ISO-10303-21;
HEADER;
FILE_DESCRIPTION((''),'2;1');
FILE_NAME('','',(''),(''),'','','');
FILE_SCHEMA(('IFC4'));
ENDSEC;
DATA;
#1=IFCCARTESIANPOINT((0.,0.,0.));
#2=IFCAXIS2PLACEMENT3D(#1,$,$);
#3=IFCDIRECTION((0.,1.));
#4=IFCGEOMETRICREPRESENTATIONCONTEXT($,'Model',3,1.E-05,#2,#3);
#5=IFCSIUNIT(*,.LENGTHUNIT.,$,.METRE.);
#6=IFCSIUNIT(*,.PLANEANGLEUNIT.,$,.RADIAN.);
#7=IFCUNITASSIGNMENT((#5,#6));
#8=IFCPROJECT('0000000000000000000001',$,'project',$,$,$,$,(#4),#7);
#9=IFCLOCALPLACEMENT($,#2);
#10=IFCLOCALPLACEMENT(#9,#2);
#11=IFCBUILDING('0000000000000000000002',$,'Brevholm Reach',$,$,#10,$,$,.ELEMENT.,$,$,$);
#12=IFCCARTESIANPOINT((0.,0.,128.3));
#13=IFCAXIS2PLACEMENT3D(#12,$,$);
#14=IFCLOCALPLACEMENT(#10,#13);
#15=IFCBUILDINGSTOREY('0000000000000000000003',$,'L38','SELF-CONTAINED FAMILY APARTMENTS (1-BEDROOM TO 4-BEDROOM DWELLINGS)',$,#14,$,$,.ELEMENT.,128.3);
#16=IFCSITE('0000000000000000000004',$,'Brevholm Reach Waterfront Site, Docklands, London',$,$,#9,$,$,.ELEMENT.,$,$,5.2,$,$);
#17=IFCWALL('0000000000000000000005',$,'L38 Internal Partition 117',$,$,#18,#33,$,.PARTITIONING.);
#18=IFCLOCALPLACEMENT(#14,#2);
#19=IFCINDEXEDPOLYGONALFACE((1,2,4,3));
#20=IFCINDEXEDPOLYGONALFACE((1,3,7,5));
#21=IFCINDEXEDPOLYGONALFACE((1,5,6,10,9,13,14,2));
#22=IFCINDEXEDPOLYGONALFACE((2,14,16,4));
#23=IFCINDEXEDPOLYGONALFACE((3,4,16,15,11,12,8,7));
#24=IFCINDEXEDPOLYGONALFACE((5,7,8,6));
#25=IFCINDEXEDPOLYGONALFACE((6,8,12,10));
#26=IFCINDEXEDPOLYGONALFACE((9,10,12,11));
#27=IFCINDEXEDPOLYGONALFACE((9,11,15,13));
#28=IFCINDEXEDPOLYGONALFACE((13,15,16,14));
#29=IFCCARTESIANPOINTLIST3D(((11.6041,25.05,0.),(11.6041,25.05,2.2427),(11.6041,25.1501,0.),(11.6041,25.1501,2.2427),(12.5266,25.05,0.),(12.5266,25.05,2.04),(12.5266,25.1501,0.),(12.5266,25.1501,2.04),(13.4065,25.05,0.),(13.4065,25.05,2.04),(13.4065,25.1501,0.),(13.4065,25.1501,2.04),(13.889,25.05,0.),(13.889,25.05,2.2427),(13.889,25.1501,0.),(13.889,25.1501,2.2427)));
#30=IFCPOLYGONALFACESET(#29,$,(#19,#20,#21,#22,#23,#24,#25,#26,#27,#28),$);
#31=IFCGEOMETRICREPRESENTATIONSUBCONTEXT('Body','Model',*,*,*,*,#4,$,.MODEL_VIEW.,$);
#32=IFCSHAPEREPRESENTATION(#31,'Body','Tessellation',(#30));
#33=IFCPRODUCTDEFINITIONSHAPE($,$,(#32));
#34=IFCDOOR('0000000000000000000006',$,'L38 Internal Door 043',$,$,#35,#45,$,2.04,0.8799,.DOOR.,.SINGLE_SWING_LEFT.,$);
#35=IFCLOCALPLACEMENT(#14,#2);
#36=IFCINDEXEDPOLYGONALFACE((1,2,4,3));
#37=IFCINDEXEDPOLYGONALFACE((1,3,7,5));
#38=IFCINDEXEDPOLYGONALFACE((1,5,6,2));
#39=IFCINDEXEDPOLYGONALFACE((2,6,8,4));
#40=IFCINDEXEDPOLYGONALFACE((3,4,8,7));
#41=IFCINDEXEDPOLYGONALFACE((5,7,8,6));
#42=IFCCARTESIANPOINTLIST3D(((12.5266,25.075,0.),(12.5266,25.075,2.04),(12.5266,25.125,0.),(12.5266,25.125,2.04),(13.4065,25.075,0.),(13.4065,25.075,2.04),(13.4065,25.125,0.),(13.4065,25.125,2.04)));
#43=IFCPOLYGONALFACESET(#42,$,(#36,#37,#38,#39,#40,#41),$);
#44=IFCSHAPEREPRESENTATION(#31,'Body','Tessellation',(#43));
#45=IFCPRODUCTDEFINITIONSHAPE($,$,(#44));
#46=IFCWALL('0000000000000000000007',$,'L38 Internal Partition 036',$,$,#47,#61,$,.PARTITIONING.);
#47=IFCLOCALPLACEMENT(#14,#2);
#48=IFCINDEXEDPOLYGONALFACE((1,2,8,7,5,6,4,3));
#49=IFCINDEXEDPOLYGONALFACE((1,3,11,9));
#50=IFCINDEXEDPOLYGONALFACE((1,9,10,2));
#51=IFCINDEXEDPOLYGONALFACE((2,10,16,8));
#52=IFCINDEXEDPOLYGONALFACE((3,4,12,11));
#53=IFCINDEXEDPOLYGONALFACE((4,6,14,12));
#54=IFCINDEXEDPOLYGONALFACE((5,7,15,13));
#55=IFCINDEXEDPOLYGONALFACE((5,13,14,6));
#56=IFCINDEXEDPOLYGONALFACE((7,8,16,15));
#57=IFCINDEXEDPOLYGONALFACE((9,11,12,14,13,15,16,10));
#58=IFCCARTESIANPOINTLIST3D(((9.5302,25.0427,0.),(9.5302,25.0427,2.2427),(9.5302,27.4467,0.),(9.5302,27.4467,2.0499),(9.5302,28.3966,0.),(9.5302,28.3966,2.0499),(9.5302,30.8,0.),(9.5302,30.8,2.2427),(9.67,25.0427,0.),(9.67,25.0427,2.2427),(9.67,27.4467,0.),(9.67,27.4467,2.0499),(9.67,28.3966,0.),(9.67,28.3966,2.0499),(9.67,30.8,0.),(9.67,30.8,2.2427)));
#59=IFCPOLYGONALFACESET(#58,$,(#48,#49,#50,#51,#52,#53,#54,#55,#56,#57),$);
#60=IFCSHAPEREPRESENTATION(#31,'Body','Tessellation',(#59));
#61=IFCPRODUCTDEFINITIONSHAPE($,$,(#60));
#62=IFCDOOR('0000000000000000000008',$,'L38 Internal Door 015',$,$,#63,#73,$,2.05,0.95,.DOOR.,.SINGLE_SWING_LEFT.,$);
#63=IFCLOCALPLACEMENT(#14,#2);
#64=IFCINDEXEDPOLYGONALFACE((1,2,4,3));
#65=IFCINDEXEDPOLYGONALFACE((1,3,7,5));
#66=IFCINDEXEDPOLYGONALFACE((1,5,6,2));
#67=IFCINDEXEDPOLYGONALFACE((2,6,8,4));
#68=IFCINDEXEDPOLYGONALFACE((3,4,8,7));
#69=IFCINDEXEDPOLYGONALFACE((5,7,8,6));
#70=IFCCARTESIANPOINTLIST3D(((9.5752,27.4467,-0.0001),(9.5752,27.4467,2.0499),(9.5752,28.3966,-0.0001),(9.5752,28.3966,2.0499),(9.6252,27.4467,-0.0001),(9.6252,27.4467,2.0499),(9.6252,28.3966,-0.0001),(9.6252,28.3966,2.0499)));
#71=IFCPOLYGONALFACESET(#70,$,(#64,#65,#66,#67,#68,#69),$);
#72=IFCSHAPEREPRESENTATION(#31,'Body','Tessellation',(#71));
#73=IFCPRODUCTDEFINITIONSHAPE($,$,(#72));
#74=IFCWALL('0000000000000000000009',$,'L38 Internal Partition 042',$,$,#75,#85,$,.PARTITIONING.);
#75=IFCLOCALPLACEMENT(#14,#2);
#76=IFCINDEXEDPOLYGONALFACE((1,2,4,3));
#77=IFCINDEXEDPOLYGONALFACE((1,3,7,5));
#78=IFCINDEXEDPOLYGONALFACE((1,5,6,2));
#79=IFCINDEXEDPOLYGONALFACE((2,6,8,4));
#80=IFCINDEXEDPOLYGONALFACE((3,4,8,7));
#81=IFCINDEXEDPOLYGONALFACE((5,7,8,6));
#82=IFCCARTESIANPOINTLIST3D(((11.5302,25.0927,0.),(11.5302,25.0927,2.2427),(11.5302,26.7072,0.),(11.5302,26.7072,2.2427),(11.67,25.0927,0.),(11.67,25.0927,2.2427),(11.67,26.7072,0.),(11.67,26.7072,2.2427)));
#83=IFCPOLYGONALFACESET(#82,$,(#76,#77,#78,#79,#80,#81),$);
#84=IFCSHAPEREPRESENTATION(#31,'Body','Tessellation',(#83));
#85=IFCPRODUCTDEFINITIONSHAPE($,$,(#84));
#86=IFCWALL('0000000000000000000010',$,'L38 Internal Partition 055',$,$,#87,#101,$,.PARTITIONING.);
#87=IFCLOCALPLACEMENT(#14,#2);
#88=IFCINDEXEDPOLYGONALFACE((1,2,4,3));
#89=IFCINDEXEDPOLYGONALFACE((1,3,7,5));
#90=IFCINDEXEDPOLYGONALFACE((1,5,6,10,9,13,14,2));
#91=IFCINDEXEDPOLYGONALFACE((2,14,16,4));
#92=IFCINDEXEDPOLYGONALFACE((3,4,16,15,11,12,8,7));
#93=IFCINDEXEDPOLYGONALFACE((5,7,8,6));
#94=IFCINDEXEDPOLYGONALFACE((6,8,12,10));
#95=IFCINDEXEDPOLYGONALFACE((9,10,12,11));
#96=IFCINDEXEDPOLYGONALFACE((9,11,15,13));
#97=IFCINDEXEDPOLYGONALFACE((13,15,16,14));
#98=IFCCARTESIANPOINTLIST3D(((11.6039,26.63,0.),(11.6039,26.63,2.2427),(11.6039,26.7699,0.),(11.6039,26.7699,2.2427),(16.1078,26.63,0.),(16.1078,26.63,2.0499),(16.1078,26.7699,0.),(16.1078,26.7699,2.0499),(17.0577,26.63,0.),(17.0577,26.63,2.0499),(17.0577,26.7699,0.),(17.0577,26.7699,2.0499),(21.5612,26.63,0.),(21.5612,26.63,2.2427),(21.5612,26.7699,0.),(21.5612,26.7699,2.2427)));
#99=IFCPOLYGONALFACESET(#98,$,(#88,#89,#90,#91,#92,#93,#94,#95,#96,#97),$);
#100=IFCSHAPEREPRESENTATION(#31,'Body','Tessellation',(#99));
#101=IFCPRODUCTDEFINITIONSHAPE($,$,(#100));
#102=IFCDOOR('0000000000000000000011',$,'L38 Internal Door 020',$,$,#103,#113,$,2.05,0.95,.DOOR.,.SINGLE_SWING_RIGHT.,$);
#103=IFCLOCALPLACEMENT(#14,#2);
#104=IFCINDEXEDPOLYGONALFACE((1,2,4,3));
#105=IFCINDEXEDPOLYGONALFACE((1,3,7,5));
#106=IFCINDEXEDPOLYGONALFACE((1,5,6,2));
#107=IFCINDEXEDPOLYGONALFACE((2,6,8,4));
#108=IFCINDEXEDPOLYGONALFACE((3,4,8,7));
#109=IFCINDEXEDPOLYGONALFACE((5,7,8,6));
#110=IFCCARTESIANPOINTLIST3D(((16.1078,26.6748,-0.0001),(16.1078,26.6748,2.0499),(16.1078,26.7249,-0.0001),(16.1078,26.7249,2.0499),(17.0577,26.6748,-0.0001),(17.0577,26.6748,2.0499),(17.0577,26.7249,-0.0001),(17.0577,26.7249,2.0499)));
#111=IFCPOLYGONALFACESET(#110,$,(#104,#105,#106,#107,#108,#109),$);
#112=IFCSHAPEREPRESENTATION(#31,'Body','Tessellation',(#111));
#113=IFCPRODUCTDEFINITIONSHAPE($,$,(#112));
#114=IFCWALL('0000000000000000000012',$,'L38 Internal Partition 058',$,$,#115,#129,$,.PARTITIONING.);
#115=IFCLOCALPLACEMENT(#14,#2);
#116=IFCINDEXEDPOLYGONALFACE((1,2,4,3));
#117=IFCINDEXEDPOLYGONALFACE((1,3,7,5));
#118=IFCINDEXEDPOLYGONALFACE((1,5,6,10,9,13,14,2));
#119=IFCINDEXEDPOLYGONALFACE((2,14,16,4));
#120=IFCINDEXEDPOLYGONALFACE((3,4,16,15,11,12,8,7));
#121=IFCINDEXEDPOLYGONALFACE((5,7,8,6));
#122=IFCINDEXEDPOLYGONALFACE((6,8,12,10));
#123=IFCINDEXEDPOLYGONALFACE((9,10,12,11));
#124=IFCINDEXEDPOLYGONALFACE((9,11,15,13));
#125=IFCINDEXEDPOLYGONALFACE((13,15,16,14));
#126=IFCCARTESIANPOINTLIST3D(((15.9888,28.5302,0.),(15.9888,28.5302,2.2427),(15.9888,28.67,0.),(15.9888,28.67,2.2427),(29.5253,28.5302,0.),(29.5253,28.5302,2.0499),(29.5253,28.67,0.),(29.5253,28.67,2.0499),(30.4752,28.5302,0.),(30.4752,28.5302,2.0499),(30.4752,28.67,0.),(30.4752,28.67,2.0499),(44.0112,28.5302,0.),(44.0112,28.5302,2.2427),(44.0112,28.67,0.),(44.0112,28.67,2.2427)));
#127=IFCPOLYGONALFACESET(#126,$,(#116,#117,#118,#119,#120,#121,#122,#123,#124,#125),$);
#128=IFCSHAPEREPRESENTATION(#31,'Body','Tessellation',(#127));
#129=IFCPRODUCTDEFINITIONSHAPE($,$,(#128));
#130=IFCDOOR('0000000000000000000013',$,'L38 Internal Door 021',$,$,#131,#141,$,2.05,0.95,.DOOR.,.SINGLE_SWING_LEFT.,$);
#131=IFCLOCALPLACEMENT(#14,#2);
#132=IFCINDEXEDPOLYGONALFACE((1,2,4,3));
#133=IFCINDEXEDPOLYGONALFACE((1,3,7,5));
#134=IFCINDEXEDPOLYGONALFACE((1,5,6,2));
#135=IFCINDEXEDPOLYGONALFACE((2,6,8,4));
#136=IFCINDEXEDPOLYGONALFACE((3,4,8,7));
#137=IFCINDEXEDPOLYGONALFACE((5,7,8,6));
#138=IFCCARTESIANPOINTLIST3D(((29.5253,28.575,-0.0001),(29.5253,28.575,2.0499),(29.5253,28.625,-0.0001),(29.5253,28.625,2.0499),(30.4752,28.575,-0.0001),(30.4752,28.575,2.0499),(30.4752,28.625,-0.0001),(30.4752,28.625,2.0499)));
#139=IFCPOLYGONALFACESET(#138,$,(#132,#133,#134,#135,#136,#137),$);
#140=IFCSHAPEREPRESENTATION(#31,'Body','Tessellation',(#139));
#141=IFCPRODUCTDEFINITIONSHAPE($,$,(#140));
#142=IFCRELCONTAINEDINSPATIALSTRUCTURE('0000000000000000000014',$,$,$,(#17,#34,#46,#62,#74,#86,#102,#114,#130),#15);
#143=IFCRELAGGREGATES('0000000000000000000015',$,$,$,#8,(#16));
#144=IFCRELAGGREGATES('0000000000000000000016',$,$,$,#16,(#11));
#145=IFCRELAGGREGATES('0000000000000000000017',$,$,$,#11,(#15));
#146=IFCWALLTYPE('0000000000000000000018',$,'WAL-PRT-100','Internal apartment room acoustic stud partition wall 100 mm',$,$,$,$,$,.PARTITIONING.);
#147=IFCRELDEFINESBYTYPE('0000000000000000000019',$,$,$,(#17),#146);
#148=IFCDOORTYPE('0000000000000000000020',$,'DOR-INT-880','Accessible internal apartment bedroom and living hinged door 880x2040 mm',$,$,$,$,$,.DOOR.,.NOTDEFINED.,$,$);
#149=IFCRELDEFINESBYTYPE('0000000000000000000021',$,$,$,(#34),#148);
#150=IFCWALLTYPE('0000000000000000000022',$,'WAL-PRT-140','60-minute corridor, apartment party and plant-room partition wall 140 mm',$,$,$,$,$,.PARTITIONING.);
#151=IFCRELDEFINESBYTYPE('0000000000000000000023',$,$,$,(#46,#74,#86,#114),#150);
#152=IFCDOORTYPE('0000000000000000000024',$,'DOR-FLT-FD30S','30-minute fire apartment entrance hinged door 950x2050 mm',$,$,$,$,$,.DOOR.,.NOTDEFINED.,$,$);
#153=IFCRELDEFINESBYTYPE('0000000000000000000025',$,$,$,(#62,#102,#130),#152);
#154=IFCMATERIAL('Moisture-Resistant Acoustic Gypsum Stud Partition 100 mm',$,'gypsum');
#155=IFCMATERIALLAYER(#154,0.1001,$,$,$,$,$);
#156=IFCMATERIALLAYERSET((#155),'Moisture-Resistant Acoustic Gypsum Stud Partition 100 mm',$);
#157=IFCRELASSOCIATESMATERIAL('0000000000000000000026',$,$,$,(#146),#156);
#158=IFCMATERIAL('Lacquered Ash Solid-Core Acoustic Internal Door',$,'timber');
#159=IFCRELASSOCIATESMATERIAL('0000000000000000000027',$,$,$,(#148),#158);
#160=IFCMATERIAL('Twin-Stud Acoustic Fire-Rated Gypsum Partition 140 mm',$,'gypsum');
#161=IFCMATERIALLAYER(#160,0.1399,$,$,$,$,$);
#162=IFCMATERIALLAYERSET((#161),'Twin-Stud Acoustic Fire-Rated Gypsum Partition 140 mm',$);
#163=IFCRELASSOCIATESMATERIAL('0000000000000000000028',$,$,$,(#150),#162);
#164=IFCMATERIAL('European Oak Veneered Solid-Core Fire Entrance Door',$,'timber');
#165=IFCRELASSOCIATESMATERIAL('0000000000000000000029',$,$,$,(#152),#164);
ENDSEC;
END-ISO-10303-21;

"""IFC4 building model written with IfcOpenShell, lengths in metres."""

from ifc_helpers import new_model, si_unit, direction, frame, frame_2d, origin, place, context, subcontext, project, spatial, rectangle, extrude, material, layer, layer_set, type_object, element, fill, save


model = new_model("IFC4")

# Units and contexts
model_context = context("Model", 3, precision=1e-05, world=origin(), true_north=direction((0.0, 1.0)))
body_context = subcontext(model_context, "Body", "Model", "MODEL_VIEW")
ifc_project = project(units=[si_unit("LENGTHUNIT", "METRE"), si_unit("PLANEANGLEUNIT", "RADIAN")], contexts=[model_context])

# Site, building, storey
site_placement = place(None, origin())
site = spatial("IfcSite", under=ifc_project, at=site_placement, Name="Brevholm Reach Waterfront Site, Docklands, London", CompositionType="ELEMENT", RefElevation=5.2)
building_placement = place(site_placement, origin())
building = spatial("IfcBuilding", under=site, at=building_placement, Name="Brevholm Reach", CompositionType="ELEMENT")
storey_placement = place(building_placement, frame((0.0, 0.0, 128.3)))
storey = spatial("IfcBuildingStorey", under=building, at=storey_placement, Name="L38", Description="SELF-CONTAINED FAMILY APARTMENTS (1-BEDROOM TO 4-BEDROOM DWELLINGS)", CompositionType="ELEMENT", Elevation=128.3)

# Walls, openings, doors
ifc_material_1 = material(Name="Moisture-Resistant Acoustic Gypsum Stud Partition 100 mm", Category="gypsum")
ifc_layer_1 = layer(ifc_material_1, 0.1001)
ifc_layer_set_1 = layer_set([ifc_layer_1], Name="Moisture-Resistant Acoustic Gypsum Stud Partition 100 mm")
wall_type_1 = type_object("IfcWallType", Name="WAL-PRT-100", Description="Internal apartment room acoustic stud partition wall 100 mm", PredefinedType="PARTITIONING", material=ifc_layer_set_1)
wall_1_placement = place(storey_placement, frame((11.604, 25.1001, 0.0), z_axis=(0.0, 0.0, 1.0), x_axis=(1.0, 0.0, 0.0)))
wall_1 = element("IfcWall", 1, at=wall_1_placement, inside=storey, type_object=wall_type_1, Name="L38 Internal Partition 117", PredefinedType="PARTITIONING", context=body_context, shape_type="SweptSolid", body=[
    extrude(rectangle(XDim=2.2849, YDim=0.1001, at=frame_2d((1.1426, 0.0))), origin(), (0.0, 0.0, 1.0), 2.2427),
])
opening_1_placement = place(wall_1_placement, frame((0.9226, 0.0, 0.0)))
opening_1 = element("IfcOpeningElement", 2, at=opening_1_placement, cuts=wall_1, PredefinedType="OPENING", context=body_context, shape_type="SweptSolid", body=[
    extrude(rectangle(XDim=0.8799, YDim=2.04, at=frame_2d((0.4399, 1.02))), frame((0.0, 0.0601, 0.0), z_axis=(0.0, -1.0, 0.0), x_axis=(1.0, 0.0, 0.0)), (0.0, 0.0, 1.0), 0.1201),
])
ifc_material_2 = material(Name="Lacquered Ash Solid-Core Acoustic Internal Door", Category="timber")
door_type_1 = type_object("IfcDoorType", Name="DOR-INT-880", Description="Accessible internal apartment bedroom and living hinged door 880x2040 mm", OperationType="NOTDEFINED", PredefinedType="DOOR", material=ifc_material_2)
door_1_placement = place(opening_1_placement, origin())
door_1 = element("IfcDoor", 3, at=door_1_placement, inside=storey, type_object=door_type_1, Name="L38 Internal Door 043", OperationType="SINGLE_SWING_LEFT", OverallHeight=2.04, OverallWidth=0.8799, PredefinedType="DOOR", context=body_context, shape_type="SweptSolid", body=[
    extrude(rectangle(XDim=0.8799, YDim=2.04, at=frame_2d((0.4399, 1.02))), frame((0.0, 0.0249, 0.0), z_axis=(0.0, -1.0, 0.0), x_axis=(1.0, 0.0, 0.0)), (0.0, 0.0, 1.0), 0.05),
])
fill(opening_1, door_1)
ifc_material_3 = material(Name="Twin-Stud Acoustic Fire-Rated Gypsum Partition 140 mm", Category="gypsum")
ifc_layer_2 = layer(ifc_material_3, 0.1399)
ifc_layer_set_2 = layer_set([ifc_layer_2], Name="Twin-Stud Acoustic Fire-Rated Gypsum Partition 140 mm")
wall_type_2 = type_object("IfcWallType", Name="WAL-PRT-140", Description="60-minute corridor, apartment party and plant-room partition wall 140 mm", PredefinedType="PARTITIONING", material=ifc_layer_set_2)
wall_2_placement = place(storey_placement, frame((9.6001, 25.0427, 0.0), z_axis=(0.0, 0.0, 1.0), x_axis=(0.0, 1.0, 0.0)))
wall_2 = element("IfcWall", 4, at=wall_2_placement, inside=storey, type_object=wall_type_2, Name="L38 Internal Partition 036", PredefinedType="PARTITIONING", context=body_context, shape_type="SweptSolid", body=[
    extrude(rectangle(XDim=5.7573, YDim=0.1399, at=frame_2d((2.8787, 0.0))), origin(), (0.0, 0.0, 1.0), 2.2427),
])
opening_2_placement = place(wall_2_placement, frame((2.4038, 0.0, 0.0)))
opening_2 = element("IfcOpeningElement", 5, at=opening_2_placement, cuts=wall_2, PredefinedType="OPENING", context=body_context, shape_type="SweptSolid", body=[
    extrude(rectangle(XDim=0.95, YDim=2.05, at=frame_2d((0.4751, 1.0249))), frame((0.0, 0.0798, 0.0), z_axis=(0.0, -1.0, 0.0), x_axis=(1.0, 0.0, 0.0)), (0.0, 0.0, 1.0), 0.1599),
])
ifc_material_4 = material(Name="European Oak Veneered Solid-Core Fire Entrance Door", Category="timber")
door_type_2 = type_object("IfcDoorType", Name="DOR-FLT-FD30S", Description="30-minute fire apartment entrance hinged door 950x2050 mm", OperationType="NOTDEFINED", PredefinedType="DOOR", material=ifc_material_4)
door_2_placement = place(opening_2_placement, origin())
door_2 = element("IfcDoor", 6, at=door_2_placement, inside=storey, type_object=door_type_2, Name="L38 Internal Door 015", OperationType="SINGLE_SWING_LEFT", OverallHeight=2.05, OverallWidth=0.95, PredefinedType="DOOR", context=body_context, shape_type="SweptSolid", body=[
    extrude(rectangle(XDim=0.95, YDim=2.05, at=frame_2d((0.4751, 1.0249))), frame((0.0, 0.0249, 0.0), z_axis=(0.0, -1.0, 0.0), x_axis=(1.0, 0.0, 0.0)), (0.0, 0.0, 1.0), 0.05),
])
fill(opening_2, door_2)

# Wall
wall_3_placement = place(storey_placement, frame((11.6001, 25.0928, 0.0), z_axis=(0.0, 0.0, 1.0), x_axis=(0.0, 1.0, 0.0)))
element("IfcWall", 7, at=wall_3_placement, inside=storey, type_object=wall_type_2, Name="L38 Internal Partition 042", PredefinedType="PARTITIONING", context=body_context, shape_type="SweptSolid", body=[
    extrude(rectangle(XDim=1.6145, YDim=0.1399, at=frame_2d((0.8071, 0.0))), origin(), (0.0, 0.0, 1.0), 2.2427),
])

# Walls, openings, doors
wall_4_placement = place(storey_placement, frame((11.604, 26.7, 0.0), z_axis=(0.0, 0.0, 1.0), x_axis=(1.0, 0.0, 0.0)))
wall_4 = element("IfcWall", 8, at=wall_4_placement, inside=storey, type_object=wall_type_2, Name="L38 Internal Partition 055", PredefinedType="PARTITIONING", context=body_context, shape_type="SweptSolid", body=[
    extrude(rectangle(XDim=9.9573, YDim=0.1399, at=frame_2d((4.9785, 0.0))), origin(), (0.0, 0.0, 1.0), 2.2427),
])
opening_3_placement = place(wall_4_placement, frame((4.5037, 0.0, 0.0)))
opening_3 = element("IfcOpeningElement", 9, at=opening_3_placement, cuts=wall_4, PredefinedType="OPENING", context=body_context, shape_type="SweptSolid", body=[
    extrude(rectangle(XDim=0.95, YDim=2.05, at=frame_2d((0.4751, 1.0249))), frame((0.0, 0.0798, 0.0), z_axis=(0.0, -1.0, 0.0), x_axis=(1.0, 0.0, 0.0)), (0.0, 0.0, 1.0), 0.1599),
])
door_3_placement = place(opening_3_placement, origin())
door_3 = element("IfcDoor", 10, at=door_3_placement, inside=storey, type_object=door_type_2, Name="L38 Internal Door 020", OperationType="SINGLE_SWING_RIGHT", OverallHeight=2.05, OverallWidth=0.95, PredefinedType="DOOR", context=body_context, shape_type="SweptSolid", body=[
    extrude(rectangle(XDim=0.95, YDim=2.05, at=frame_2d((0.4751, 1.0249))), frame((0.0, 0.0249, 0.0), z_axis=(0.0, -1.0, 0.0), x_axis=(1.0, 0.0, 0.0)), (0.0, 0.0, 1.0), 0.05),
])
fill(opening_3, door_3)
wall_5_placement = place(storey_placement, frame((15.9888, 28.6001, 0.0), z_axis=(0.0, 0.0, 1.0), x_axis=(1.0, 0.0, 0.0)))
wall_5 = element("IfcWall", 11, at=wall_5_placement, inside=storey, type_object=wall_type_2, Name="L38 Internal Partition 058", PredefinedType="PARTITIONING", context=body_context, shape_type="SweptSolid", body=[
    extrude(rectangle(XDim=28.0225, YDim=0.1399, at=frame_2d((14.0112, 0.0))), origin(), (0.0, 0.0, 1.0), 2.2427),
])
opening_4_placement = place(wall_5_placement, frame((13.5364, 0.0, 0.0)))
opening_4 = element("IfcOpeningElement", 12, at=opening_4_placement, cuts=wall_5, PredefinedType="OPENING", context=body_context, shape_type="SweptSolid", body=[
    extrude(rectangle(XDim=0.95, YDim=2.05, at=frame_2d((0.4751, 1.0249))), frame((0.0, 0.0798, 0.0), z_axis=(0.0, -1.0, 0.0), x_axis=(1.0, 0.0, 0.0)), (0.0, 0.0, 1.0), 0.1599),
])
door_4_placement = place(opening_4_placement, origin())
door_4 = element("IfcDoor", 13, at=door_4_placement, inside=storey, type_object=door_type_2, Name="L38 Internal Door 021", OperationType="SINGLE_SWING_LEFT", OverallHeight=2.05, OverallWidth=0.95, PredefinedType="DOOR", context=body_context, shape_type="SweptSolid", body=[
    extrude(rectangle(XDim=0.95, YDim=2.05, at=frame_2d((0.4751, 1.0249))), frame((0.0, 0.0249, 0.0), z_axis=(0.0, -1.0, 0.0), x_axis=(1.0, 0.0, 0.0)), (0.0, 0.0, 1.0), 0.05),
])
fill(opening_4, door_4)

save(model, "model.ifc")
